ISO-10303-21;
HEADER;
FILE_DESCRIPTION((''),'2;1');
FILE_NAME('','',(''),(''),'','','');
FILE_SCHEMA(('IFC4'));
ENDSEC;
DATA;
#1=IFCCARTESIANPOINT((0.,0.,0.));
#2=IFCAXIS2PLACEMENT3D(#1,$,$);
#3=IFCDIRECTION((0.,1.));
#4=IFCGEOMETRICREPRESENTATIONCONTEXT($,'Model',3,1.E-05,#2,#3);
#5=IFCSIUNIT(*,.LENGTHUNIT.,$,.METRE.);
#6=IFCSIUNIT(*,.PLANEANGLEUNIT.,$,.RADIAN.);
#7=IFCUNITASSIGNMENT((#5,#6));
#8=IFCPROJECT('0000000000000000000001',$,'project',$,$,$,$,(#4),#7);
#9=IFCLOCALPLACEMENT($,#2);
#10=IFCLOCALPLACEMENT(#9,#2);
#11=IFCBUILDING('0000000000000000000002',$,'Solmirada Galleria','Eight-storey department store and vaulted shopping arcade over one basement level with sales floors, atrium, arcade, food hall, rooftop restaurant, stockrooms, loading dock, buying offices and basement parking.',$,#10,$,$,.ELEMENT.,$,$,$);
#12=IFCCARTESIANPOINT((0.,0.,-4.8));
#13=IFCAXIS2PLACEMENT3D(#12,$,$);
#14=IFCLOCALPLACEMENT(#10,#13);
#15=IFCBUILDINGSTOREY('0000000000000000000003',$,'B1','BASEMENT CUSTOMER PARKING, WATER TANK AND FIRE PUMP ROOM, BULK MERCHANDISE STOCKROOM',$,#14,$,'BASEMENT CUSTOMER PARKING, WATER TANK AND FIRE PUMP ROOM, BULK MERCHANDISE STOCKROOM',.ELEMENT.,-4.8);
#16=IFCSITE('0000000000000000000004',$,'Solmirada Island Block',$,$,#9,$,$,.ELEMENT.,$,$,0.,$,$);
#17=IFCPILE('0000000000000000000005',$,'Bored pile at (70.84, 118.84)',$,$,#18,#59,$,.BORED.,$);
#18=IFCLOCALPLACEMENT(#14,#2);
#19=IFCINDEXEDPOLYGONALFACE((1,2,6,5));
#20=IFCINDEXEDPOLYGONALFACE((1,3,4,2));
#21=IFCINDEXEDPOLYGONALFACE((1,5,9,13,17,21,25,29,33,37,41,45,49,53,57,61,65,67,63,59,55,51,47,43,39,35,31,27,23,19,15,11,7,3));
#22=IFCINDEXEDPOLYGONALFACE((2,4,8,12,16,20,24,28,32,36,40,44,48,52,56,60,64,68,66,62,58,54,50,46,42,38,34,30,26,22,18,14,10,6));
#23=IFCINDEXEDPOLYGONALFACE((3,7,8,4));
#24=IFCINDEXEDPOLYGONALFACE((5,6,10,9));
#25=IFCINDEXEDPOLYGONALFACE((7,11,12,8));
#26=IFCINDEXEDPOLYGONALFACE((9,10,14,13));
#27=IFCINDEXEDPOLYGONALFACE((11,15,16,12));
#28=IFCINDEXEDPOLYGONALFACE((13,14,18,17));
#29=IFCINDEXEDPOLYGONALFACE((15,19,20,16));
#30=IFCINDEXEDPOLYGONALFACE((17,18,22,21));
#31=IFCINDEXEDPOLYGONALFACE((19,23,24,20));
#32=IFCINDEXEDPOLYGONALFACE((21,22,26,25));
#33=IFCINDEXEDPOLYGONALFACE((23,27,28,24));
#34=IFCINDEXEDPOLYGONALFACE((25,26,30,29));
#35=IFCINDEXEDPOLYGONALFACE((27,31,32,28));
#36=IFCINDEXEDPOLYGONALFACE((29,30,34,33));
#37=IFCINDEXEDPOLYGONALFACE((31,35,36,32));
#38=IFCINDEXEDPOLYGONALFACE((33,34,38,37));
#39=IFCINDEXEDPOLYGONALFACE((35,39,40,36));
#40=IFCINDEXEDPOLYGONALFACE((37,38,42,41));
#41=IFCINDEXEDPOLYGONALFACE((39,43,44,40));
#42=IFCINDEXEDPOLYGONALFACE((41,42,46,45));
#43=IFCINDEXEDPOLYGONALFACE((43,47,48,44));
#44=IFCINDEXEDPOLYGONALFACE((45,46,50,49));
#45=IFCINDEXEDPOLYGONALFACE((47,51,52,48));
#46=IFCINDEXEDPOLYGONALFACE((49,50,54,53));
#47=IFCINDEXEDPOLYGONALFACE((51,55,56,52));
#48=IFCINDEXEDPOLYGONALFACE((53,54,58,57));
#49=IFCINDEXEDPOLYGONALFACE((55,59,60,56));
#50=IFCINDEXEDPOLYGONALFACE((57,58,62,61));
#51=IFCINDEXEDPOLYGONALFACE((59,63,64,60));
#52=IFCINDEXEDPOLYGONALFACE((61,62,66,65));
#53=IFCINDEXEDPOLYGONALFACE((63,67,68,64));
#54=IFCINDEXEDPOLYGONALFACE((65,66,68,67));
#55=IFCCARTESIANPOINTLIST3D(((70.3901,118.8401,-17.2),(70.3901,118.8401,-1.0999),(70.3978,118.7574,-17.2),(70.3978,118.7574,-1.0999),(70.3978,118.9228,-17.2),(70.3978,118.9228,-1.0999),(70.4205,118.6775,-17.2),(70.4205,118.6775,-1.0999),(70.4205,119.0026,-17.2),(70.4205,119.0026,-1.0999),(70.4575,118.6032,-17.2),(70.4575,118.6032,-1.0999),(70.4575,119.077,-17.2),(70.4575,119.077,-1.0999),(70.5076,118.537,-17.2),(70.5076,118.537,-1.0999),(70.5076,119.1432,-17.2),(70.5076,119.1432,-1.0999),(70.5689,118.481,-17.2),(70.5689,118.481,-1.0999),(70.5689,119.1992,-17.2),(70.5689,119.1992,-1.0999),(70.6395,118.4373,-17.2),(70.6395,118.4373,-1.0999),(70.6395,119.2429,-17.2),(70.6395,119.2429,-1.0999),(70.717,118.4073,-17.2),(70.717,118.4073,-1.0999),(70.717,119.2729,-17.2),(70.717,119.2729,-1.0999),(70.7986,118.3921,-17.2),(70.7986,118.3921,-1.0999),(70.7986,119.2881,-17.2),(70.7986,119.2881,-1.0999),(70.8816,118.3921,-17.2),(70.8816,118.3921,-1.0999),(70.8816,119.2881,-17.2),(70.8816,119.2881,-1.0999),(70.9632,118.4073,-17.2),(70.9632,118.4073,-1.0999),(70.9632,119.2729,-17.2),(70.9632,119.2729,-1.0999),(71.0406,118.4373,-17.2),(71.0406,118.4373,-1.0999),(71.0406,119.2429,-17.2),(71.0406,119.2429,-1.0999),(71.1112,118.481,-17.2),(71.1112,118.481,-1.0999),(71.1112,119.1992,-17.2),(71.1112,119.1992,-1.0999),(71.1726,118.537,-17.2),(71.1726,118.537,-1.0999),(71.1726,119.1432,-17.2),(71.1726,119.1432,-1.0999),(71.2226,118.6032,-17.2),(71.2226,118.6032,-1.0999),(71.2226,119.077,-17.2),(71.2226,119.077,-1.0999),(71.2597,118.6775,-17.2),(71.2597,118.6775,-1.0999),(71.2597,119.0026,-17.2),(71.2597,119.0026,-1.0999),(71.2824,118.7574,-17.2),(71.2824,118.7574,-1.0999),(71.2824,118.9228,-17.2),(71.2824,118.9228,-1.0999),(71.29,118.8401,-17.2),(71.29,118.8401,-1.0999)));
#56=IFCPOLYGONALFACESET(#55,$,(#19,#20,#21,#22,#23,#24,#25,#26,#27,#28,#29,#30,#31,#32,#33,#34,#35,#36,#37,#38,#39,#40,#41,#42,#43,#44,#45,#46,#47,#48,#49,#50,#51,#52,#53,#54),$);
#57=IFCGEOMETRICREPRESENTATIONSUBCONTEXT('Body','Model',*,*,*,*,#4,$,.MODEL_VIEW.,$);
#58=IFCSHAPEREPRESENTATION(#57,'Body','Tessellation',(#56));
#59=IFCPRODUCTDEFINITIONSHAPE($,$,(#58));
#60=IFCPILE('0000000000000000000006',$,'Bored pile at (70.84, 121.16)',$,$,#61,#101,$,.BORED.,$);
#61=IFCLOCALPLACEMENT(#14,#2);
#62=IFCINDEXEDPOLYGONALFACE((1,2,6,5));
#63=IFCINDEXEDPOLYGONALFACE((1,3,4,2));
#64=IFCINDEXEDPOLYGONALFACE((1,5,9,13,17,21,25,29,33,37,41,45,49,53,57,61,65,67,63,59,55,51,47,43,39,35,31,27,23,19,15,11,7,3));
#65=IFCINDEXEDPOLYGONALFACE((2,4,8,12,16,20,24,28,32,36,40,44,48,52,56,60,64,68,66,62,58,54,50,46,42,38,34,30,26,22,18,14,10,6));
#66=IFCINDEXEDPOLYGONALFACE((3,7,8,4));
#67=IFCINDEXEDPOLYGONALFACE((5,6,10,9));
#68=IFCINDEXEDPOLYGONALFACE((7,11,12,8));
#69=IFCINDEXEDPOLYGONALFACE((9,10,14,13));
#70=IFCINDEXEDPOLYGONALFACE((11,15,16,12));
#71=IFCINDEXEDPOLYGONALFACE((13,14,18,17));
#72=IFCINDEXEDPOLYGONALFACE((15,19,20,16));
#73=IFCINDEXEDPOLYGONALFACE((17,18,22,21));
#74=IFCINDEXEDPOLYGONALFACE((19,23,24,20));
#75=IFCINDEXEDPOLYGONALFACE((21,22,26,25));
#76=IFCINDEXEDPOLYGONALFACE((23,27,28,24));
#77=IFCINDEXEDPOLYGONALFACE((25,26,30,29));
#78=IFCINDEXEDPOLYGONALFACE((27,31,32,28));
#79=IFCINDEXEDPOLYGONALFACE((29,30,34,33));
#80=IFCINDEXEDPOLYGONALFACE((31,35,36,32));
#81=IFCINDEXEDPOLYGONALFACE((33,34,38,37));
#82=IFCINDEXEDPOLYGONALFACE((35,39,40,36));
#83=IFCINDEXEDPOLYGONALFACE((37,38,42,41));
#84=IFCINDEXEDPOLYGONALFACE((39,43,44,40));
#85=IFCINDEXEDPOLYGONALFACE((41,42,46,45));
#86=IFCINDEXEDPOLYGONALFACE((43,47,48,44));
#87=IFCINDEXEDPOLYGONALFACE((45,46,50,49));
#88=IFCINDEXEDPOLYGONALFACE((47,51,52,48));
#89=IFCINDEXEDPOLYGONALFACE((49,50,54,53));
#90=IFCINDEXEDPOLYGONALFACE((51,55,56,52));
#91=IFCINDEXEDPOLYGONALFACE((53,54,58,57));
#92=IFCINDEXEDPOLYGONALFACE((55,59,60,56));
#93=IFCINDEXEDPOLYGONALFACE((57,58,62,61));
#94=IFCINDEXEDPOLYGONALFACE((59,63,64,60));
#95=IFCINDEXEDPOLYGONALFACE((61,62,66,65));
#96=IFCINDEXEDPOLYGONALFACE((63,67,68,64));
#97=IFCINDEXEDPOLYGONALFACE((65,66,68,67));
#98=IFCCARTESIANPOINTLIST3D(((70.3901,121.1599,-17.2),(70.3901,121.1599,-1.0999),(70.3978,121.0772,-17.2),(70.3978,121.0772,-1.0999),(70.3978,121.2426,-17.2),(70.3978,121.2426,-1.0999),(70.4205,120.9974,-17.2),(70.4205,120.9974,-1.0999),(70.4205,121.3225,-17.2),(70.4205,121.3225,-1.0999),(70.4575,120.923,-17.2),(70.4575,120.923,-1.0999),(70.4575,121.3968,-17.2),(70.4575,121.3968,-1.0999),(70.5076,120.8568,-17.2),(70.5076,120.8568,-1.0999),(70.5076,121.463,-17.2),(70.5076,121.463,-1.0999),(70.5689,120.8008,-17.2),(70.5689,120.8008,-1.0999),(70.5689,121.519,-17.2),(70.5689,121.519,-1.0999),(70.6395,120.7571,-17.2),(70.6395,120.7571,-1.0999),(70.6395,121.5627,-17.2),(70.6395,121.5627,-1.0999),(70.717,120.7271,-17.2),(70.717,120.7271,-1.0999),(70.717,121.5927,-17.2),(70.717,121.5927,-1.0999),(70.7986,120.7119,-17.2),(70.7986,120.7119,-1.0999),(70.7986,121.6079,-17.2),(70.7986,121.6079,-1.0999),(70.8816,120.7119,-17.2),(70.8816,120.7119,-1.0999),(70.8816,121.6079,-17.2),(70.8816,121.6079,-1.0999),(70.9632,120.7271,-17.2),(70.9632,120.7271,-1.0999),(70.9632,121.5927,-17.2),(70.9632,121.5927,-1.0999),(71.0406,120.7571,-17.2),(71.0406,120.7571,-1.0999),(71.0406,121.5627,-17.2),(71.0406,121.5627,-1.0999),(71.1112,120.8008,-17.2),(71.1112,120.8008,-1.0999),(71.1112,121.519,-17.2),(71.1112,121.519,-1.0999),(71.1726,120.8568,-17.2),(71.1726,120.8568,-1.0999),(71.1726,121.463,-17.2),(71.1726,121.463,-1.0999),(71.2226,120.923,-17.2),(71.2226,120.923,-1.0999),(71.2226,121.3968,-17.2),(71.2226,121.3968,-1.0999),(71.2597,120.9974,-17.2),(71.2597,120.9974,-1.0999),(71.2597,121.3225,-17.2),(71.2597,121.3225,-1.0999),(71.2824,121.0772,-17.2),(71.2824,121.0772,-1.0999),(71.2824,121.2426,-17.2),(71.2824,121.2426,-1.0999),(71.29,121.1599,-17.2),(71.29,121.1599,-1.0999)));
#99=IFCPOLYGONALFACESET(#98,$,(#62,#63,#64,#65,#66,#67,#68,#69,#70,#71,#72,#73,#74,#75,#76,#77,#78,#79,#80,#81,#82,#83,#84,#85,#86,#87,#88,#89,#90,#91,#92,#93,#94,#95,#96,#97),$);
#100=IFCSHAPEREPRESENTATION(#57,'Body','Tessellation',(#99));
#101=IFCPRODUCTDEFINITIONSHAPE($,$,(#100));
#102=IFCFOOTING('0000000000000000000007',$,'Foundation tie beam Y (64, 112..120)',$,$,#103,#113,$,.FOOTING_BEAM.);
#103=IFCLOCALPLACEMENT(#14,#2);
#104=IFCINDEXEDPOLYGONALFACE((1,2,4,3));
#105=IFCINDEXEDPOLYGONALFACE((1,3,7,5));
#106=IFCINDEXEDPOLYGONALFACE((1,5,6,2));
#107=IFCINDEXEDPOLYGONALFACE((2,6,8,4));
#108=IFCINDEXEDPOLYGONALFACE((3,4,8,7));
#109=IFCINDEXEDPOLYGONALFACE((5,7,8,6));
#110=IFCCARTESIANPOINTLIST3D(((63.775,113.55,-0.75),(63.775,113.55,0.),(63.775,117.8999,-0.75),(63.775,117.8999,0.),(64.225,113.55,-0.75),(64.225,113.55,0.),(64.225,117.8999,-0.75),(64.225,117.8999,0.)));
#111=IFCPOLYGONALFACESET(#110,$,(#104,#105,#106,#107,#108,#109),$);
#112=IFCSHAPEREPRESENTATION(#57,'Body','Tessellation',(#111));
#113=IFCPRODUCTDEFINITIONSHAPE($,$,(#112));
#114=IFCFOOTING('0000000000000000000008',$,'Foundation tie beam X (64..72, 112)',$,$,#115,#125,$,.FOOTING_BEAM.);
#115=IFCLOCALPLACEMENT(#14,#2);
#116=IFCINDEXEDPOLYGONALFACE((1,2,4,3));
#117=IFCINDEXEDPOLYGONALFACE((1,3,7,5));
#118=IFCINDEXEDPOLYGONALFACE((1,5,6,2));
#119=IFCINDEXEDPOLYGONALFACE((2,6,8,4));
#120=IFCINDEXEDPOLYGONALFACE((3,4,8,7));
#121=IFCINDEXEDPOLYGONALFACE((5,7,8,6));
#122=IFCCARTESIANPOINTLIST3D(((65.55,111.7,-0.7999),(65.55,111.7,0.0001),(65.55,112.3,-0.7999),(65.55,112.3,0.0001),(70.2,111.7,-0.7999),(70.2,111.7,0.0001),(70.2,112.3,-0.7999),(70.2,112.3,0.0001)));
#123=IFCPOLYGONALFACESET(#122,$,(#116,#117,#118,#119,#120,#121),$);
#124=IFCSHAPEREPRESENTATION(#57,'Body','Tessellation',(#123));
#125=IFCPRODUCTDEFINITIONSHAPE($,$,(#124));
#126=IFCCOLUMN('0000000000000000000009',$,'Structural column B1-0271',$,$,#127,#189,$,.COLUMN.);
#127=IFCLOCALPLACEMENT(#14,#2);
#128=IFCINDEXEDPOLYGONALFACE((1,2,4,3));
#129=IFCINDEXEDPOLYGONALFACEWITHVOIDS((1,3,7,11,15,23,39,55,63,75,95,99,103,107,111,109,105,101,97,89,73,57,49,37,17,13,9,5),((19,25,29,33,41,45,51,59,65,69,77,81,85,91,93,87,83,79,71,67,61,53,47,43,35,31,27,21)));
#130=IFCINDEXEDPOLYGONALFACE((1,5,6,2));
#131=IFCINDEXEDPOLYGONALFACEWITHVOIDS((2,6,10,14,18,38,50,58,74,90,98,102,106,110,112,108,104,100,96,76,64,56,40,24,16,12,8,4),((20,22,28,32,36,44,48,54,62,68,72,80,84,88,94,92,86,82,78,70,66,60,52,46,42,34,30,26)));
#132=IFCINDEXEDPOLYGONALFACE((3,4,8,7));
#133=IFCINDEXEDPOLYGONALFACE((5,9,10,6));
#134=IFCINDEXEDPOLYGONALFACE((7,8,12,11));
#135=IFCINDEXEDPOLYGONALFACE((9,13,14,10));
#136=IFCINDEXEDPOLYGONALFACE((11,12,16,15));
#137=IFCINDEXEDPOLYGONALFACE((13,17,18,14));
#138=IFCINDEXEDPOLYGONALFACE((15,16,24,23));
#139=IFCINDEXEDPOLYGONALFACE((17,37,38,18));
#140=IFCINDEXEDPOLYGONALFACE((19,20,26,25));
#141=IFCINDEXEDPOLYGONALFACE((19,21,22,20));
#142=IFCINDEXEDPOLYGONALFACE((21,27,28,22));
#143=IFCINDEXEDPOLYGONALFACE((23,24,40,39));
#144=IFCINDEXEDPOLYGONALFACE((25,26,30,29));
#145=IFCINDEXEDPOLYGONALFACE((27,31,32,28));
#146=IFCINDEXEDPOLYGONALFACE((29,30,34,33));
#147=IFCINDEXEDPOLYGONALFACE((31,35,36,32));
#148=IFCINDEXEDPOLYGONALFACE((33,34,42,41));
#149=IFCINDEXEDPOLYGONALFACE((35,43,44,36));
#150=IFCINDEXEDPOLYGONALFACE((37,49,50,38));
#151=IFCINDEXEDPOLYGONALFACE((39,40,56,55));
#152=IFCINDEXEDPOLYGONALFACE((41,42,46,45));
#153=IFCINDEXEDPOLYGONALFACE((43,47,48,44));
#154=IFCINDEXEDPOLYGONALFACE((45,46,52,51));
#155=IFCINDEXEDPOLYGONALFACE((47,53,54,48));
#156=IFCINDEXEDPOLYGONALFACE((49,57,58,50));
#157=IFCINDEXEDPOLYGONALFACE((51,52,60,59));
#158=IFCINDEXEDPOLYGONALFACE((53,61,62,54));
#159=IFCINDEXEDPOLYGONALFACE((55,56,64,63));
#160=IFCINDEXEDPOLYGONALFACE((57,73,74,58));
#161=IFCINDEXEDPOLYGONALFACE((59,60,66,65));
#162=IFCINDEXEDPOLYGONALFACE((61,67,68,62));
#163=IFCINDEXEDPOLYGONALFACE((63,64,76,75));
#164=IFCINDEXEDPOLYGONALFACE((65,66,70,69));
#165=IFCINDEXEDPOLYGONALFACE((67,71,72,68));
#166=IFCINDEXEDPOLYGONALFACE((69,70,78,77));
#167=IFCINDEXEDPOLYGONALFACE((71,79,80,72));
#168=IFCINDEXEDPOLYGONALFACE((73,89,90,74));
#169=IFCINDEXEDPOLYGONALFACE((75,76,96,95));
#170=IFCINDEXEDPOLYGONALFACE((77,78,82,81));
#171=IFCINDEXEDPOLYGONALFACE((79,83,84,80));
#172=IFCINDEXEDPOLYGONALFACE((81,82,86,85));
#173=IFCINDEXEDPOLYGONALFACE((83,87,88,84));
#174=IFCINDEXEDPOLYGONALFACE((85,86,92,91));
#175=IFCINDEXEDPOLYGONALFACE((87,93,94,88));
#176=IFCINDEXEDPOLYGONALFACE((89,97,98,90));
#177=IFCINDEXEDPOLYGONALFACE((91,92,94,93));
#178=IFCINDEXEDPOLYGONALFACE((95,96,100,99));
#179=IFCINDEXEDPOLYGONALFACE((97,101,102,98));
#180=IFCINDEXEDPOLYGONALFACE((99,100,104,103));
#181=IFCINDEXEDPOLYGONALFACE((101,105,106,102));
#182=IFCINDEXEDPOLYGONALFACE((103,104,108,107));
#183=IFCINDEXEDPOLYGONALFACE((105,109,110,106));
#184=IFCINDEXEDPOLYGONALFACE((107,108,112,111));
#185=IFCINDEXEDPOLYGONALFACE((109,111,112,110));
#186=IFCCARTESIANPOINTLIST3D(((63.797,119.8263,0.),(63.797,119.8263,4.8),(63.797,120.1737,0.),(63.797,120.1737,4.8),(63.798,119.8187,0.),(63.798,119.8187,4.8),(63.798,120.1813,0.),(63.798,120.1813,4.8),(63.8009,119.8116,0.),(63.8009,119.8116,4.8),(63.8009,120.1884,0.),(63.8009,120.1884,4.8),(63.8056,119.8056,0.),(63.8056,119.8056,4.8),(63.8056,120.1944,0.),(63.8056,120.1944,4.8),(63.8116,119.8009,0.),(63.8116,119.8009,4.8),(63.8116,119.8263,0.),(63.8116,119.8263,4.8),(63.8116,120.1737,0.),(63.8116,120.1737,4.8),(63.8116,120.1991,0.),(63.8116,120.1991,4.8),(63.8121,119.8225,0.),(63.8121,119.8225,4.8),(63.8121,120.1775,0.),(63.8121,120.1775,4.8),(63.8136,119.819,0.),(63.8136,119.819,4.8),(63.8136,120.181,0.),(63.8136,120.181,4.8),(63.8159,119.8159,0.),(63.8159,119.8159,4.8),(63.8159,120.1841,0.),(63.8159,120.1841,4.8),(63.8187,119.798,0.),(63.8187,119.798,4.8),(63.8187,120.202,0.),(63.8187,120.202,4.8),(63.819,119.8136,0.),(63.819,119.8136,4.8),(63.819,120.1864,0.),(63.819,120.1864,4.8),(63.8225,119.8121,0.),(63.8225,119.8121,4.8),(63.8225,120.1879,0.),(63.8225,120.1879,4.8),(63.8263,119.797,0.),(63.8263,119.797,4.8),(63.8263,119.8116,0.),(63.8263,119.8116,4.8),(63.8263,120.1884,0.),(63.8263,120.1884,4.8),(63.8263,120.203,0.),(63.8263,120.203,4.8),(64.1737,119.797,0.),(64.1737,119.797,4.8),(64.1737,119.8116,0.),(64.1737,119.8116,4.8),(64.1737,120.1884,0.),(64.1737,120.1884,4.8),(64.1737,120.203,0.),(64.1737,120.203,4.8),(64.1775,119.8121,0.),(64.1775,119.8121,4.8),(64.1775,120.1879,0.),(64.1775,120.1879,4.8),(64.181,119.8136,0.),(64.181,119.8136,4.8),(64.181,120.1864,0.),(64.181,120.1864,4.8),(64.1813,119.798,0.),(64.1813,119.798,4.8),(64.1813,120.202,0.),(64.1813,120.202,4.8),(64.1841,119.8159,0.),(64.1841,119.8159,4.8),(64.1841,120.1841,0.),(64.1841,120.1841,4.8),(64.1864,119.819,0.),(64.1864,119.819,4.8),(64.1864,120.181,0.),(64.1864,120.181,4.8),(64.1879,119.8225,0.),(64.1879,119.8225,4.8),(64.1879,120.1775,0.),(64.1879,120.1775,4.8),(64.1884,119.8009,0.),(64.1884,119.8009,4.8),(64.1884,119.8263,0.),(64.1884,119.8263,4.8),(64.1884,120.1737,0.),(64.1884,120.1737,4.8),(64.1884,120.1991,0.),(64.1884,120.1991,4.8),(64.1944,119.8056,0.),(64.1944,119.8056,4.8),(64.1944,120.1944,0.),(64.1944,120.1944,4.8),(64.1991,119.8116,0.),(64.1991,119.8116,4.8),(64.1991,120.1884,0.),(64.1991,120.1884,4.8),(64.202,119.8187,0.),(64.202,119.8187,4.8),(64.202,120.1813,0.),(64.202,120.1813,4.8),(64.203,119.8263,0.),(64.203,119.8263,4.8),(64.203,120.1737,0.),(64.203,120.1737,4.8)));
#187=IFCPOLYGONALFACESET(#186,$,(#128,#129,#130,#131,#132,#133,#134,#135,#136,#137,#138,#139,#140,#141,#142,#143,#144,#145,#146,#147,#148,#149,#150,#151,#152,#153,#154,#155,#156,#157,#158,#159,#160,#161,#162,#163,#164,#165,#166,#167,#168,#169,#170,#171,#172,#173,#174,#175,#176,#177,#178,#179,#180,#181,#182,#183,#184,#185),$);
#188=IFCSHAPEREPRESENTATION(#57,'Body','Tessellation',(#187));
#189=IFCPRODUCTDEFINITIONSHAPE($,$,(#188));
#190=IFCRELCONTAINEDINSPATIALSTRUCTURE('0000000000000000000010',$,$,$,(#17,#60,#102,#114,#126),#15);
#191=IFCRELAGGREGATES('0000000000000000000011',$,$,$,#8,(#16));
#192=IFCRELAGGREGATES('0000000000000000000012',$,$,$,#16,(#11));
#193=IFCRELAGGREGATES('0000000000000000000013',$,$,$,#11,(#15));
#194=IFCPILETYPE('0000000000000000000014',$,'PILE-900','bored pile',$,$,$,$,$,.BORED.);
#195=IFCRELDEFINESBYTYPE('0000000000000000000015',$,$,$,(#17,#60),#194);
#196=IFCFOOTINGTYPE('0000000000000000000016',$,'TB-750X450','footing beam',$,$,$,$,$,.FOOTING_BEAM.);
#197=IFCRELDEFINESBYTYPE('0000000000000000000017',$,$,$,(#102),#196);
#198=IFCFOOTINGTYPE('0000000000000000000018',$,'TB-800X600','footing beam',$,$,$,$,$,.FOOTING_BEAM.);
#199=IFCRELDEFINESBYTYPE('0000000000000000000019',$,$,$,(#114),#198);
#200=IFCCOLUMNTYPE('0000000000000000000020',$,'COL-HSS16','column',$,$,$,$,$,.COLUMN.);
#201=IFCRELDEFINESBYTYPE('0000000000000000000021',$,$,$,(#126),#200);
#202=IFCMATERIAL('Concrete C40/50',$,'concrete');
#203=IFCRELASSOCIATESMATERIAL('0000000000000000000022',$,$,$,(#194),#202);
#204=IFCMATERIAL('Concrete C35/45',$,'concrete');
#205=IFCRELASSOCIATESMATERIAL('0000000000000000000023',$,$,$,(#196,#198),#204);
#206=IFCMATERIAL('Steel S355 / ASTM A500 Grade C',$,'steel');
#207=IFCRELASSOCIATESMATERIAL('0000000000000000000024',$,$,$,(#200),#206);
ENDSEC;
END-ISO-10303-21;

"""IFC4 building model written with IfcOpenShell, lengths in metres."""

from ifc_helpers import new_model, si_unit, direction, frame, origin, origin_2d, place, context, subcontext, project, spatial, rectangle, hollow_rectangle, circle, extrude, material, material_profile, profile_set, type_object, element, save


model = new_model("IFC4")

# Units and contexts
model_context = context("Model", 3, precision=1e-05, world=origin(), true_north=direction((0.0, 1.0)))
body_context = subcontext(model_context, "Body", "Model", "MODEL_VIEW")
ifc_project = project(units=[si_unit("LENGTHUNIT", "METRE"), si_unit("PLANEANGLEUNIT", "RADIAN")], contexts=[model_context])

# Site, building, storey
site_placement = place(None, origin())
site = spatial("IfcSite", under=ifc_project, at=site_placement, Name="Solmirada Island Block", CompositionType="ELEMENT", RefElevation=0.0)
building_placement = place(site_placement, origin())
building = spatial("IfcBuilding", under=site, at=building_placement, Name="Solmirada Galleria", Description="Eight-storey department store and vaulted shopping arcade over one basement level with sales floors, atrium, arcade, food hall, rooftop restaurant, stockrooms, loading dock, buying offices and basement parking.", CompositionType="ELEMENT")
storey_placement = place(building_placement, frame((0.0, 0.0, -4.8)))
storey = spatial("IfcBuildingStorey", under=building, at=storey_placement, Name="B1", Description="BASEMENT CUSTOMER PARKING, WATER TANK AND FIRE PUMP ROOM, BULK MERCHANDISE STOCKROOM", LongName="BASEMENT CUSTOMER PARKING, WATER TANK AND FIRE PUMP ROOM, BULK MERCHANDISE STOCKROOM", CompositionType="ELEMENT", Elevation=-4.8)

# Shared definitions
ifc_material_1 = material(Name="Concrete C35/45", Category="concrete")

# Piles
ifc_material_2 = material(Name="Concrete C40/50", Category="concrete")
ifc_material_profile_1 = material_profile(ifc_material_2, circle(Radius=0.45, at=origin_2d()), Name="PILE900")
ifc_profile_set_1 = profile_set([ifc_material_profile_1], Name="Concrete C40/50")
pile_type = type_object("IfcPileType", Name="PILE-900", Description="bored pile", PredefinedType="BORED", material=ifc_profile_set_1)
for number, where, z_axis, x_axis, name in (
    (1, (70.8401, 118.8401, -1.0999), (0.0, 0.0, -1.0), (1.0, 0.0, 0.0), "Bored pile at (70.84, 118.84)"),
    (2, (70.8401, 121.1599, -1.0999), (0.0, 0.0, -1.0), (1.0, 0.0, 0.0), "Bored pile at (70.84, 121.16)"),
):
    element("IfcPile", number, at=place(storey_placement, frame(where, z_axis=z_axis, x_axis=x_axis)), inside=storey, type_object=pile_type, Name=name, PredefinedType="BORED", context=body_context, shape_type="SweptSolid", body=[
        extrude(circle(Radius=0.45, at=origin_2d()), origin(), (0.0, 0.0, 1.0), 16.1001),
    ])

# Footings
ifc_material_profile_2 = material_profile(ifc_material_1, rectangle(XDim=0.45, YDim=0.75, at=origin_2d()), Name="RC750X450")
ifc_profile_set_2 = profile_set([ifc_material_profile_2], Name="Concrete C35/45")
footing_type_1 = type_object("IfcFootingType", Name="TB-750X450", Description="footing beam", PredefinedType="FOOTING_BEAM", material=ifc_profile_set_2)
footing_1_placement = place(storey_placement, frame((64.0, 113.55, -0.375), z_axis=(0.0, 1.0, 0.0), x_axis=(-1.0, 0.0, 0.0)))
element("IfcFooting", 3, at=footing_1_placement, inside=storey, type_object=footing_type_1, Name="Foundation tie beam Y (64, 112..120)", PredefinedType="FOOTING_BEAM", context=body_context, shape_type="SweptSolid", body=[
    extrude(rectangle(XDim=0.45, YDim=0.75, at=origin_2d()), origin(), (0.0, 0.0, 1.0), 4.3499),
])
ifc_material_profile_3 = material_profile(ifc_material_1, rectangle(XDim=0.6001, YDim=0.8, at=origin_2d()), Name="RC800X600")
ifc_profile_set_3 = profile_set([ifc_material_profile_3], Name="Concrete C35/45")
footing_type_2 = type_object("IfcFootingType", Name="TB-800X600", Description="footing beam", PredefinedType="FOOTING_BEAM", material=ifc_profile_set_3)
footing_2_placement = place(storey_placement, frame((65.55, 112.0, -0.3999), z_axis=(1.0, 0.0, 0.0), x_axis=(0.0, 1.0, 0.0)))
element("IfcFooting", 4, at=footing_2_placement, inside=storey, type_object=footing_type_2, Name="Foundation tie beam X (64..72, 112)", PredefinedType="FOOTING_BEAM", context=body_context, shape_type="SweptSolid", body=[
    extrude(rectangle(XDim=0.6001, YDim=0.8, at=origin_2d()), origin(), (0.0, 0.0, 1.0), 4.6499),
])

# Column
ifc_material_3 = material(Name="Steel S355 / ASTM A500 Grade C", Category="steel")
ifc_material_profile_4 = material_profile(ifc_material_3, hollow_rectangle(XDim=0.406, YDim=0.406, WallThickness=0.0146, InnerFilletRadius=0.0146, OuterFilletRadius=0.0293, at=origin_2d()), Name="HSS16X16X5/8")
ifc_profile_set_4 = profile_set([ifc_material_profile_4], Name="Steel S355 / ASTM A500 Grade C")
column_type_1 = type_object("IfcColumnType", Name="COL-HSS16", Description="column", PredefinedType="COLUMN", material=ifc_profile_set_4)
column_1_placement = place(storey_placement, frame((64.0, 120.0, 0.0), z_axis=(0.0, 0.0, 1.0), x_axis=(1.0, 0.0, 0.0)))
element("IfcColumn", 5, at=column_1_placement, inside=storey, type_object=column_type_1, Name="Structural column B1-0271", PredefinedType="COLUMN", context=body_context, shape_type="SweptSolid", body=[
    extrude(hollow_rectangle(XDim=0.406, YDim=0.406, WallThickness=0.0146, InnerFilletRadius=0.0146, OuterFilletRadius=0.0293, at=origin_2d()), origin(), (0.0, 0.0, 1.0), 4.8),
])

save(model, "model.ifc")
